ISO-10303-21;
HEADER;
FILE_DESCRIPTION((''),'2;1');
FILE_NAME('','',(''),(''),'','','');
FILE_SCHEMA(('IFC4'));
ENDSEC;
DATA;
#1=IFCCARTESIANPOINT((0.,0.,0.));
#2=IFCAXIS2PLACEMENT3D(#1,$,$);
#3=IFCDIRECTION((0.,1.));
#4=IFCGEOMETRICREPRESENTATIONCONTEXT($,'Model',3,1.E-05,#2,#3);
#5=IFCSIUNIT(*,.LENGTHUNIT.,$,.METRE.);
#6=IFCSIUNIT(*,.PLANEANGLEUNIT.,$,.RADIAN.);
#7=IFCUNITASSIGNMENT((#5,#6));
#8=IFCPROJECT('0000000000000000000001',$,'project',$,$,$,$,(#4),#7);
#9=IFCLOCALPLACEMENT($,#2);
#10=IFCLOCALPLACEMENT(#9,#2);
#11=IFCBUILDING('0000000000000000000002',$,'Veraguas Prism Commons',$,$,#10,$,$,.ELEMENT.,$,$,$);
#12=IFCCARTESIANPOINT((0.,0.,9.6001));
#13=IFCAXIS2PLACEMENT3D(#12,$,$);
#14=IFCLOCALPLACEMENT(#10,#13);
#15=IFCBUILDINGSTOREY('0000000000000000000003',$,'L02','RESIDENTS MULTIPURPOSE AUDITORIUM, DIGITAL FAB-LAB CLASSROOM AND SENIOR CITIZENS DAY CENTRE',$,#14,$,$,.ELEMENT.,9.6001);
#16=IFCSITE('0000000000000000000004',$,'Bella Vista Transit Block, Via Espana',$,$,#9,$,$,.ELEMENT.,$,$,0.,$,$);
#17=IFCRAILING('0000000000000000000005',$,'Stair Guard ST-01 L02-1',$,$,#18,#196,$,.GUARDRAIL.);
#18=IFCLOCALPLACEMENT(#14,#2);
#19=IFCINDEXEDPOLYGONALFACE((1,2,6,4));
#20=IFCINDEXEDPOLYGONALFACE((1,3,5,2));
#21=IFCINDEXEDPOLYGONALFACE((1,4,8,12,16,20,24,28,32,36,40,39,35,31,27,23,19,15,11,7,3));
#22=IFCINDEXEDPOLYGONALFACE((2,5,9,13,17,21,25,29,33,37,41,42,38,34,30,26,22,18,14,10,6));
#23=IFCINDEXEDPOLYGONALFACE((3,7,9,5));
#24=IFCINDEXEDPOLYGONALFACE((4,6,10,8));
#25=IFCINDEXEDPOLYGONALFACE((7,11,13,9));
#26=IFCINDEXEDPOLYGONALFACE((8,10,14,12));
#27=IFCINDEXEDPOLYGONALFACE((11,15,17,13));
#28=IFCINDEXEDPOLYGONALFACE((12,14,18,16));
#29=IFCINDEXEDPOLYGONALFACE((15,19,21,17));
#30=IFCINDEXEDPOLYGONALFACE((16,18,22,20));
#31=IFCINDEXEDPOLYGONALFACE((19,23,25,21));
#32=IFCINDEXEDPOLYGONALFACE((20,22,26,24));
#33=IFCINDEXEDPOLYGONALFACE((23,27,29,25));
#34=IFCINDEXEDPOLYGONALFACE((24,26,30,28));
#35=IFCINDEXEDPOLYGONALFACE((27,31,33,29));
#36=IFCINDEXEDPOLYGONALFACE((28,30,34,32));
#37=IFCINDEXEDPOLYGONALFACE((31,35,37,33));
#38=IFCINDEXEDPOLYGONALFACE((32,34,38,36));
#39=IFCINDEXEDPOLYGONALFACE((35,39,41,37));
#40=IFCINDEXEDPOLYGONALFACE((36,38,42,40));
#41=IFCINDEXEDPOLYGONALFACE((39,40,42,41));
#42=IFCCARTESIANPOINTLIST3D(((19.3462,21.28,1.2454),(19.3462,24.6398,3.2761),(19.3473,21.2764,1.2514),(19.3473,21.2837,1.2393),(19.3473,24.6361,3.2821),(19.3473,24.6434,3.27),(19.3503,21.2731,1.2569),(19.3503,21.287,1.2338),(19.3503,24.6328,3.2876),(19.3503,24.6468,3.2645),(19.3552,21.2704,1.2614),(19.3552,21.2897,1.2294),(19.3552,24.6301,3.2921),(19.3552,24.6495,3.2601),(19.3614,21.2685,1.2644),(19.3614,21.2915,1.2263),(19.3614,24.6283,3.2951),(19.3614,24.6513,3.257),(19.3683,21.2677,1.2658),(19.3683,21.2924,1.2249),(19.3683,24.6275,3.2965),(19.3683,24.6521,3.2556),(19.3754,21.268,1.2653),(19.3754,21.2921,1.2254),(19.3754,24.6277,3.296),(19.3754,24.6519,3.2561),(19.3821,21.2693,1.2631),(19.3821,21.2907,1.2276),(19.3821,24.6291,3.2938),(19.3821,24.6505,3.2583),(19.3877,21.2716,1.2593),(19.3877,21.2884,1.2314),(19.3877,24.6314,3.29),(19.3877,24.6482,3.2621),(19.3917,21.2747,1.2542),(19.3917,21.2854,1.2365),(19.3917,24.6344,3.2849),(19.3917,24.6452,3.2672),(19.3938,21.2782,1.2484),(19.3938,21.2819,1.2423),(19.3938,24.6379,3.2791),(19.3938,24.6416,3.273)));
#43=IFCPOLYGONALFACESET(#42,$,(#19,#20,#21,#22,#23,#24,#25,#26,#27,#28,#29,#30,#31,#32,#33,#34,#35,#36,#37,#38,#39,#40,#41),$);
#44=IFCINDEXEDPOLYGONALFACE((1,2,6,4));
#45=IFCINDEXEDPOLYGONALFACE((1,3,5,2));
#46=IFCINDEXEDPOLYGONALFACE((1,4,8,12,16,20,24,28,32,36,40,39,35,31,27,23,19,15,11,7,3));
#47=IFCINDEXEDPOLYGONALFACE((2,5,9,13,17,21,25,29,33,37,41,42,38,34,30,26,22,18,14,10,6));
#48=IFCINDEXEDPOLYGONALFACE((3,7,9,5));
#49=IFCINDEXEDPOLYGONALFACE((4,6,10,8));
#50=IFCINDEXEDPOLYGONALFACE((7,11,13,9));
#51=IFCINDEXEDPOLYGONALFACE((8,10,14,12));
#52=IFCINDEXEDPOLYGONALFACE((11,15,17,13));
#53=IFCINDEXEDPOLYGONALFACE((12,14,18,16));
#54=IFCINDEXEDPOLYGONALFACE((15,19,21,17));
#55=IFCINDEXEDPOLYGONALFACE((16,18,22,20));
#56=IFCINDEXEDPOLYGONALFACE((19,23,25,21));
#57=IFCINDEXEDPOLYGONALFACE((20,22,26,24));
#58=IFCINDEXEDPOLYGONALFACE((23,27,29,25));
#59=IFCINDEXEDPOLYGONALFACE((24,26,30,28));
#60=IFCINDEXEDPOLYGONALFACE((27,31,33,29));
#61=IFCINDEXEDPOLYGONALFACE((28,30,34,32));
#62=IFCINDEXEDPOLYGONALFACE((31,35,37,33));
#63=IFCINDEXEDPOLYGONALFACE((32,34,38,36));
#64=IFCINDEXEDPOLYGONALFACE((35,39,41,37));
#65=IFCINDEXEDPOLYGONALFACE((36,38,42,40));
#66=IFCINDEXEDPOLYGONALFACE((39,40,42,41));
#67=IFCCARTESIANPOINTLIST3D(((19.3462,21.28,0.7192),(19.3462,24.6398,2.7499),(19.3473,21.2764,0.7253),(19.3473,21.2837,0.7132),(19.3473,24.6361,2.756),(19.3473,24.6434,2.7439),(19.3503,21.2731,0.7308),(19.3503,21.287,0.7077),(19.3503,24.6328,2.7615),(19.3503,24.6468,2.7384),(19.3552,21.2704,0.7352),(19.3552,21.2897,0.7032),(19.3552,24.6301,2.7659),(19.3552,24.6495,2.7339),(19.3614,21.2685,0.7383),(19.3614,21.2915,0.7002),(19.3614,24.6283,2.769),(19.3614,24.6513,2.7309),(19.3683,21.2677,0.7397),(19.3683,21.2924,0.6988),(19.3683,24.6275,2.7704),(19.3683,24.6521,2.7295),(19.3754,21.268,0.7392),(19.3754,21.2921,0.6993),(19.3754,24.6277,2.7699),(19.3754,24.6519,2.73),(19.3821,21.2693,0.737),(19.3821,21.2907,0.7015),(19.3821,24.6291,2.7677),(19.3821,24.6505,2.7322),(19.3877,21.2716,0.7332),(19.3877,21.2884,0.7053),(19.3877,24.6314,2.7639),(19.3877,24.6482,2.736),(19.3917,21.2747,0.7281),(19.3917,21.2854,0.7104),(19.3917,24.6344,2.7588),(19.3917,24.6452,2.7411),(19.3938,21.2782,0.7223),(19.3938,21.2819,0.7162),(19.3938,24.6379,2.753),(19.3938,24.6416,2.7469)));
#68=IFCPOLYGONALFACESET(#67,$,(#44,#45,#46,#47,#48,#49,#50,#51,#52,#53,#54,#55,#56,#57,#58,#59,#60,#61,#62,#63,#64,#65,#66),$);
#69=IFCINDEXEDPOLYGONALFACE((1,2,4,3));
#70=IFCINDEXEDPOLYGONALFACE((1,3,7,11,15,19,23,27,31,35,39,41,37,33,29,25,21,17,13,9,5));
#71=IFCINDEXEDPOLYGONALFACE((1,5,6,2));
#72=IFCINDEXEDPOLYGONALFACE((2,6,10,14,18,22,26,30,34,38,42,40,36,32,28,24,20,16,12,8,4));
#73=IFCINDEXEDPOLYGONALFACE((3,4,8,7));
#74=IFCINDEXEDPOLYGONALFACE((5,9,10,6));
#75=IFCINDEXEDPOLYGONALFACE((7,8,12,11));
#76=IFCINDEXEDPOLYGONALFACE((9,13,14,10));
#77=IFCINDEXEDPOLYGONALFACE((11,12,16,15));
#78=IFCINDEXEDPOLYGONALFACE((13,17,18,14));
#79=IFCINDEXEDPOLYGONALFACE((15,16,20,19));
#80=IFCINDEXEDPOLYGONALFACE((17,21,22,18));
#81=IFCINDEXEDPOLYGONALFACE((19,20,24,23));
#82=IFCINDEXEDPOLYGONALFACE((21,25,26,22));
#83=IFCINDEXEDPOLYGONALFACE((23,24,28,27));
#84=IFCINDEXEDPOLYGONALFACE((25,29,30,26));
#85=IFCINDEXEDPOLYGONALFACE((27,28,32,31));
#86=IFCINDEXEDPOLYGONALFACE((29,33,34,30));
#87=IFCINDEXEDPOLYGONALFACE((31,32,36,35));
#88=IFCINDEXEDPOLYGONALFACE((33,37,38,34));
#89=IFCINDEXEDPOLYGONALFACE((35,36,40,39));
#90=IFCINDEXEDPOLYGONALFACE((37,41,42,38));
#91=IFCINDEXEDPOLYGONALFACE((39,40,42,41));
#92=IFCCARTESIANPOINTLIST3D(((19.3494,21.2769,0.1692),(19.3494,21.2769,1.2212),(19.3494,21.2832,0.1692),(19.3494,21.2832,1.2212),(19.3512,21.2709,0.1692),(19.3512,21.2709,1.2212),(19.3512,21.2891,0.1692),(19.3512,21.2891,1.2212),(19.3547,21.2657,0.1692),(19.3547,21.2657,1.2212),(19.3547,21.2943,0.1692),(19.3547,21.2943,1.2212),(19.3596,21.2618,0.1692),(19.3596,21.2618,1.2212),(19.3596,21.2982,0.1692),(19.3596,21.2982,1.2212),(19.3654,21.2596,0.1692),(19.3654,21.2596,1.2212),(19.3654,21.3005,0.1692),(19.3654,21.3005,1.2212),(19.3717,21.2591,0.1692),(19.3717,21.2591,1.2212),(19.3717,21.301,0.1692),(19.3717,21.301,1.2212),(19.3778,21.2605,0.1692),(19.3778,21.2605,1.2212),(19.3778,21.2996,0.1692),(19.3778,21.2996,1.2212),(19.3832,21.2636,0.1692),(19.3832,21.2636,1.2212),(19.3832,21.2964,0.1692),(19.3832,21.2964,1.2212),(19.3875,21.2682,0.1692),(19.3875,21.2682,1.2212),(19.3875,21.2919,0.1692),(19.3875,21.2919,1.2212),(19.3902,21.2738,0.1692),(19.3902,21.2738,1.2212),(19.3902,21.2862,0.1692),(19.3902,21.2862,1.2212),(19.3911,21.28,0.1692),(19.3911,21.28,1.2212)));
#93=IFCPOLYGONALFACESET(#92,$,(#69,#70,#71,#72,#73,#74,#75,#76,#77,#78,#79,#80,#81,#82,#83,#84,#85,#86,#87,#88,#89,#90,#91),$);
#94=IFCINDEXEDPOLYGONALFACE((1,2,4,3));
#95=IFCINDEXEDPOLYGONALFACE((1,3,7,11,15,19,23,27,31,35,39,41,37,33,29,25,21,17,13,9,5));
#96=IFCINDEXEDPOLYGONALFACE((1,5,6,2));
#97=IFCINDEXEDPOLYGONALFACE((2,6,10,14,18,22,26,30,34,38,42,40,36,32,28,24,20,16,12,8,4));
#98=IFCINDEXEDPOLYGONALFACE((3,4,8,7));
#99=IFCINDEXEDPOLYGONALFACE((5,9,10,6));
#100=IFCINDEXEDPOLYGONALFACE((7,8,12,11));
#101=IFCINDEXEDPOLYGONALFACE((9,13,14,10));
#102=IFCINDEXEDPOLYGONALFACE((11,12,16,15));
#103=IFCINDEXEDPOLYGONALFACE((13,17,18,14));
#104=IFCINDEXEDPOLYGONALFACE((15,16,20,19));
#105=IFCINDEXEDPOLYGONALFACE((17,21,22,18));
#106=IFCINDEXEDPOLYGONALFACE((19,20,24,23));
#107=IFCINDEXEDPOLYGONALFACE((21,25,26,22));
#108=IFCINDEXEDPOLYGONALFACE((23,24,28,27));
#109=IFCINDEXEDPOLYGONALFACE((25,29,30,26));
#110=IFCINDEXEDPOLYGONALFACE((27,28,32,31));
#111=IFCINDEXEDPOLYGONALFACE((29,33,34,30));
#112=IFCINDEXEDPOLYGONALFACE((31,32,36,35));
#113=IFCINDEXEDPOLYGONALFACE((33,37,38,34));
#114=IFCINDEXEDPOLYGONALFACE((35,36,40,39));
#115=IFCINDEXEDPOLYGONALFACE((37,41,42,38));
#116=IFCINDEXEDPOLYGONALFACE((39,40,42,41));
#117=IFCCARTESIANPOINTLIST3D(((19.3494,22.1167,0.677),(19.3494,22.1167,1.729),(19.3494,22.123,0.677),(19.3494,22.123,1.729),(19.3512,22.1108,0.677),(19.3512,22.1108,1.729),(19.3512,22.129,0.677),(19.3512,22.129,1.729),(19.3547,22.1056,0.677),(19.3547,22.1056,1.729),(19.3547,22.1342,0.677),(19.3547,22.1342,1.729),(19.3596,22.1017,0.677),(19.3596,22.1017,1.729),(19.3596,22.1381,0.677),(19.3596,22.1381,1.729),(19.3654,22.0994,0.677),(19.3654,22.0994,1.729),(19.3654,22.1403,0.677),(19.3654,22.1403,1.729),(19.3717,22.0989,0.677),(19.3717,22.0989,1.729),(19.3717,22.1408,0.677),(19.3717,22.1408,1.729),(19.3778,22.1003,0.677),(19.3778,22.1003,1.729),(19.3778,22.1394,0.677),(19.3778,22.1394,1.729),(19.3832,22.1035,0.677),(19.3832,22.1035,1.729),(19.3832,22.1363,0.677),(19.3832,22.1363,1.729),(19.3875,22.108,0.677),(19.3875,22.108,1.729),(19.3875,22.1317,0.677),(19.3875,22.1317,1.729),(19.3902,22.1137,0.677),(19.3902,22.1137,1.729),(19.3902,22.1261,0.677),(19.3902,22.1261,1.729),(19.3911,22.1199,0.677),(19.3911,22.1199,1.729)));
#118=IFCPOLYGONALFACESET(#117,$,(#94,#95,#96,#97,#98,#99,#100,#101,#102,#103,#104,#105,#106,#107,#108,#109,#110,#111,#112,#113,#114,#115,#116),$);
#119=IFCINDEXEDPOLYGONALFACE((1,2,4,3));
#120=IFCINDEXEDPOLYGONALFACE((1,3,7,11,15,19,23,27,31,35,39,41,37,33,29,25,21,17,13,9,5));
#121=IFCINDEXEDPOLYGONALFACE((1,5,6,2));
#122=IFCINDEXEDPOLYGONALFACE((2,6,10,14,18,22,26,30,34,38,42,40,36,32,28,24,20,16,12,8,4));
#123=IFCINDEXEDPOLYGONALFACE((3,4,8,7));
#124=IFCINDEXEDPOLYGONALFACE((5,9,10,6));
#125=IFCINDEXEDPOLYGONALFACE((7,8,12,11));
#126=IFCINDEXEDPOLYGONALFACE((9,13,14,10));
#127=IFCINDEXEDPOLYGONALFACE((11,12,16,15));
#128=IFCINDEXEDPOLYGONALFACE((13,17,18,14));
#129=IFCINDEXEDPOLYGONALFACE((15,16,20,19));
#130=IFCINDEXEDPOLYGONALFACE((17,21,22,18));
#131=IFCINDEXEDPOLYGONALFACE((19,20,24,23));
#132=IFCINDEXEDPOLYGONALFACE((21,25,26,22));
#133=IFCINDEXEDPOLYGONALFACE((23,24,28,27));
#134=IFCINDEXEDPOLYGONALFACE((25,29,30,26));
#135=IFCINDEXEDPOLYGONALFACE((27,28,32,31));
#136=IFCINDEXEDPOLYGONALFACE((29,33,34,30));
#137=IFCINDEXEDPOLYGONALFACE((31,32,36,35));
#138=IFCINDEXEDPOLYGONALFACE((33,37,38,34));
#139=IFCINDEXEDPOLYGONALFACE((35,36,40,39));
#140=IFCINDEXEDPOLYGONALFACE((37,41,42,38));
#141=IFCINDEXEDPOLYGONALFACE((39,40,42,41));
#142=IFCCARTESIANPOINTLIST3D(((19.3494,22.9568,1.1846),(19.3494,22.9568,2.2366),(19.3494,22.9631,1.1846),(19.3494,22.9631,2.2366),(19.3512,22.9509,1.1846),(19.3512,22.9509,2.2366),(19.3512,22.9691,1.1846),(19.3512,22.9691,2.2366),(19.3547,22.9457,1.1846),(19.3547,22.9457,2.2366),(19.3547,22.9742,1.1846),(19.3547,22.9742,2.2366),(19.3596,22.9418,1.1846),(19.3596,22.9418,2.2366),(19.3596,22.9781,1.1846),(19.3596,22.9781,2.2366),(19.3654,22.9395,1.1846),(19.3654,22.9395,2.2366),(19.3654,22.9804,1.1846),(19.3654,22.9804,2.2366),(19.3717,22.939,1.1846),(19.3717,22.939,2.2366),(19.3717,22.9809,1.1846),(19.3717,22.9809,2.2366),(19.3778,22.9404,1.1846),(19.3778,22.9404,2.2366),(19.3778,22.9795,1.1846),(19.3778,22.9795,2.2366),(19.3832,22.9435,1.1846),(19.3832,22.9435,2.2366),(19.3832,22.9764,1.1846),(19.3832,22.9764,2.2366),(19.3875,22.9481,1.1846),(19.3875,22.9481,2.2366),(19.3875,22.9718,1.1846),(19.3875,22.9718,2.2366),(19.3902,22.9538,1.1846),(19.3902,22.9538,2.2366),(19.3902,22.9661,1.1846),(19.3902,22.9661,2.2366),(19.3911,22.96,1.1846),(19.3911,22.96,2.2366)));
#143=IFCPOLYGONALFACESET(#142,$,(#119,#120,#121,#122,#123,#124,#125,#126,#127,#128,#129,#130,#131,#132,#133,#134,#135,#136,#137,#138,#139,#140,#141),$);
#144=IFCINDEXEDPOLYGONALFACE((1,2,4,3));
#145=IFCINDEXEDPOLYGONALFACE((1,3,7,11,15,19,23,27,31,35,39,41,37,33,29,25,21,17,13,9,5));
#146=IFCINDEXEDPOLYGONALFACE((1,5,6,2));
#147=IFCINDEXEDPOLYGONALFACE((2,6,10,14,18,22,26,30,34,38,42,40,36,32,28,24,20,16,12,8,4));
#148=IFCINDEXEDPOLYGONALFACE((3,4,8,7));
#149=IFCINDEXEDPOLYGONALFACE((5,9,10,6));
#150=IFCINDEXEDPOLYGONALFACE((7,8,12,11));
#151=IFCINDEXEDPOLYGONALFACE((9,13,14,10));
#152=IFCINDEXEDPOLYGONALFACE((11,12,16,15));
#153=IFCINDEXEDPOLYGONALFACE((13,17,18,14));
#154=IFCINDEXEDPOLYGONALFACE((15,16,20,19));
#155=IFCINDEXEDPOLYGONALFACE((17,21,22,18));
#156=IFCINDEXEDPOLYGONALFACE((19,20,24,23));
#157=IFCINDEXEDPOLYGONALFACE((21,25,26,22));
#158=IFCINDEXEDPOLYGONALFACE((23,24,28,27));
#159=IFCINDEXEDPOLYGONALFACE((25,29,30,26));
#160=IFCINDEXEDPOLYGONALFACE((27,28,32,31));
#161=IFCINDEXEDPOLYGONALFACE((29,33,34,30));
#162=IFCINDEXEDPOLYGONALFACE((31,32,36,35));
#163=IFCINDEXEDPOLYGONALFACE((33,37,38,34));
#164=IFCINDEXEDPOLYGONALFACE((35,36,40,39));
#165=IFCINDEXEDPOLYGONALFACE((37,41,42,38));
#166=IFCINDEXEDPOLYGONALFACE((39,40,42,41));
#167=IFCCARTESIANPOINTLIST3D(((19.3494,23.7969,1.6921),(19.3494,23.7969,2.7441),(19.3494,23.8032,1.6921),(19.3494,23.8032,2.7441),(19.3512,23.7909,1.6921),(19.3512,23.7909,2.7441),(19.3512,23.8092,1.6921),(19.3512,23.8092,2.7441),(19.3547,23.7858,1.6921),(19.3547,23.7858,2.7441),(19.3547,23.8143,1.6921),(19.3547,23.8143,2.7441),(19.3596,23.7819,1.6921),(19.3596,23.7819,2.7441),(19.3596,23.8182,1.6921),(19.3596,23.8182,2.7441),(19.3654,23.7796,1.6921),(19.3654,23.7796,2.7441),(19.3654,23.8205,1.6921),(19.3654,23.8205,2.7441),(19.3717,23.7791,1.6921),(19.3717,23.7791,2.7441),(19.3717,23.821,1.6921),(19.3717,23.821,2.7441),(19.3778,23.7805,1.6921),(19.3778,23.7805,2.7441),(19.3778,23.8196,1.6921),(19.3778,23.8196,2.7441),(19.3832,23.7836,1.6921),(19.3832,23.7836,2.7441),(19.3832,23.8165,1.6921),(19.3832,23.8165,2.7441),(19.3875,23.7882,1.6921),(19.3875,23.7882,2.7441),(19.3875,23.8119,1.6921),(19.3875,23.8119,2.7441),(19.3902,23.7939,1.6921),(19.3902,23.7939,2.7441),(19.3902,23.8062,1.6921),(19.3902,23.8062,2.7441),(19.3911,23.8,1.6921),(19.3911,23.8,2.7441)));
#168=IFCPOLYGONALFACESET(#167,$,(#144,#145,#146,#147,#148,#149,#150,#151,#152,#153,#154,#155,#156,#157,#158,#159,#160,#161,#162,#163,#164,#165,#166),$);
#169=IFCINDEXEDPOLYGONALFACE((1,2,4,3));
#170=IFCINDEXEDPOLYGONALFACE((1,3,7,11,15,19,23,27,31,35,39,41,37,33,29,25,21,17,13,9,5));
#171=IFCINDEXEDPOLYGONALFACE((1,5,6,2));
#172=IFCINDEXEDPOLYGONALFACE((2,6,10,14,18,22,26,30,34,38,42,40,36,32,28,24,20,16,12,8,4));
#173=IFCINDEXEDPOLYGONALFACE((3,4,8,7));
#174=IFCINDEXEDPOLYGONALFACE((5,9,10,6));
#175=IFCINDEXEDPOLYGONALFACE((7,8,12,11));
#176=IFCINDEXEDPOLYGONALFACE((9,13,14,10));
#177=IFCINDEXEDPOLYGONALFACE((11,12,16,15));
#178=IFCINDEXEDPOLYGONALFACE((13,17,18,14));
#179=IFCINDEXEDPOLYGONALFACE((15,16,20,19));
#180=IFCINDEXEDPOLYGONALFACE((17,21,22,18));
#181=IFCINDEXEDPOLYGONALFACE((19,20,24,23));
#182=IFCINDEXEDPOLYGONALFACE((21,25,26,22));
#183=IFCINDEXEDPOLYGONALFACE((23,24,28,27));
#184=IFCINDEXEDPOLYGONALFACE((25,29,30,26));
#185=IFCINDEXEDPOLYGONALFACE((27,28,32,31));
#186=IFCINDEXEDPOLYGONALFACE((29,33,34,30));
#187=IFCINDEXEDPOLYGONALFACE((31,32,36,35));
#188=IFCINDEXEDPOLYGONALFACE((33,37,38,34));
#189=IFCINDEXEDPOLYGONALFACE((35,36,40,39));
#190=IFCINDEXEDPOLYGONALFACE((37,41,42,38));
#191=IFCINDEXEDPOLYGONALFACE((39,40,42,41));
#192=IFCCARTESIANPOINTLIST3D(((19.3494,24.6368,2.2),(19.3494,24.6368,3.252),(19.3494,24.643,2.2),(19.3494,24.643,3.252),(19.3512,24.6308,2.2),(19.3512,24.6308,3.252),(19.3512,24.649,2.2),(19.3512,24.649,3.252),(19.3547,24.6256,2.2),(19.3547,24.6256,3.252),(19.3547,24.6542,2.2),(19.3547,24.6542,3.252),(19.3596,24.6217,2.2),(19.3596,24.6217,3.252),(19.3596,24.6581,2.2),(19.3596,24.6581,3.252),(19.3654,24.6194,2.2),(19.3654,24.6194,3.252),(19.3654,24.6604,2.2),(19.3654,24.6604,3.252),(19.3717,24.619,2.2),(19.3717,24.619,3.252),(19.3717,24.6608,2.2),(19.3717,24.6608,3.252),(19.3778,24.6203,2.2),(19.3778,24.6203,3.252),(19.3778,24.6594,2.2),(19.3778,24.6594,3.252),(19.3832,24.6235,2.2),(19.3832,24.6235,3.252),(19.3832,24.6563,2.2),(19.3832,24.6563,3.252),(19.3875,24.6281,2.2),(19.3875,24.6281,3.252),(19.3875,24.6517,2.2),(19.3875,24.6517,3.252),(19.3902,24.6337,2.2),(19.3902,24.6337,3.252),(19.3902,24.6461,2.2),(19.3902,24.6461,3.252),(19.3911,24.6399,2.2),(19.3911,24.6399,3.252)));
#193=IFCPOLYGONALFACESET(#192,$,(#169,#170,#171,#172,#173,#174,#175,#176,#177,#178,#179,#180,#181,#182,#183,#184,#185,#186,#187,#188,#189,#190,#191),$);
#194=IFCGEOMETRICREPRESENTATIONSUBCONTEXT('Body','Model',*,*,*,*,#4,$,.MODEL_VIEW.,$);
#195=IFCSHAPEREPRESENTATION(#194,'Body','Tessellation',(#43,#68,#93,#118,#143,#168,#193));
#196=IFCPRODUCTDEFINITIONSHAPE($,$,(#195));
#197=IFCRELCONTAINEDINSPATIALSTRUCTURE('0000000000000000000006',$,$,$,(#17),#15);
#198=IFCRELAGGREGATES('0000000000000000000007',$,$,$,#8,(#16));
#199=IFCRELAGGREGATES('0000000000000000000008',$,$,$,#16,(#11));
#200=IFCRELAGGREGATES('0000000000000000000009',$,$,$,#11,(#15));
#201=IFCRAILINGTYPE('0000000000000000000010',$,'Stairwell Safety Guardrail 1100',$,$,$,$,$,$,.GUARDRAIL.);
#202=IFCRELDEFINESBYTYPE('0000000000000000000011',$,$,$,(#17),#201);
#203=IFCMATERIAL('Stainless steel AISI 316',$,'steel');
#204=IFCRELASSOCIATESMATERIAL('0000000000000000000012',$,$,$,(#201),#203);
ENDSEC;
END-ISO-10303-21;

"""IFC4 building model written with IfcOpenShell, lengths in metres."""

from ifc_helpers import new_model, si_unit, direction, frame, origin, origin_2d, place, context, subcontext, project, spatial, circle, extrude, material, type_object, element, save


model = new_model("IFC4")

# Units and contexts
model_context = context("Model", 3, precision=1e-05, world=origin(), true_north=direction((0.0, 1.0)))
body_context = subcontext(model_context, "Body", "Model", "MODEL_VIEW")
ifc_project = project(units=[si_unit("LENGTHUNIT", "METRE"), si_unit("PLANEANGLEUNIT", "RADIAN")], contexts=[model_context])

# Site, building, storey
site_placement = place(None, origin())
site = spatial("IfcSite", under=ifc_project, at=site_placement, Name="Bella Vista Transit Block, Via Espana", CompositionType="ELEMENT", RefElevation=0.0)
building_placement = place(site_placement, origin())
building = spatial("IfcBuilding", under=site, at=building_placement, Name="Veraguas Prism Commons", CompositionType="ELEMENT")
storey_placement = place(building_placement, frame((0.0, 0.0, 9.6001)))
storey = spatial("IfcBuildingStorey", under=building, at=storey_placement, Name="L02", Description="RESIDENTS MULTIPURPOSE AUDITORIUM, DIGITAL FAB-LAB CLASSROOM AND SENIOR CITIZENS DAY CENTRE", CompositionType="ELEMENT", Elevation=9.6001)

# Railing
ifc_material_1 = material(Name="Stainless steel AISI 316", Category="steel")
railing_type_1 = type_object("IfcRailingType", Name="Stairwell Safety Guardrail 1100", PredefinedType="GUARDRAIL", material=ifc_material_1)
railing_1_placement = place(storey_placement, frame((19.3701, 21.28, 0.1692)))
element("IfcRailing", 1, at=railing_1_placement, inside=storey, type_object=railing_type_1, Name="Stair Guard ST-01 L02-1", PredefinedType="GUARDRAIL", context=body_context, shape_type="SweptSolid", body=[
    extrude(circle(Radius=0.0239, at=origin_2d()), frame((0.0, 0.0, 1.0762), z_axis=(0.0, 0.85582, 0.517273), x_axis=(-1.0, 0.0, 0.0)), (0.0, 0.0, 1.0), 3.9258),
    extrude(circle(Radius=0.0239, at=origin_2d()), frame((0.0, 0.0, 0.55), z_axis=(0.0, 0.85582, 0.517273), x_axis=(-1.0, 0.0, 0.0)), (0.0, 0.0, 1.0), 3.9258),
    extrude(circle(Radius=0.021, at=origin_2d()), origin(), (0.0, 0.0, 1.0), 1.052),
    extrude(circle(Radius=0.021, at=origin_2d()), frame((0.0, 0.8398, 0.5078)), (0.0, 0.0, 1.0), 1.052),
    extrude(circle(Radius=0.021, at=origin_2d()), frame((0.0, 1.6799, 1.0154)), (0.0, 0.0, 1.0), 1.052),
    extrude(circle(Radius=0.021, at=origin_2d()), frame((0.0, 2.52, 1.5229)), (0.0, 0.0, 1.0), 1.052),
    extrude(circle(Radius=0.021, at=origin_2d()), frame((0.0, 3.3599, 2.0308)), (0.0, 0.0, 1.0), 1.052),
])

save(model, "model.ifc")
